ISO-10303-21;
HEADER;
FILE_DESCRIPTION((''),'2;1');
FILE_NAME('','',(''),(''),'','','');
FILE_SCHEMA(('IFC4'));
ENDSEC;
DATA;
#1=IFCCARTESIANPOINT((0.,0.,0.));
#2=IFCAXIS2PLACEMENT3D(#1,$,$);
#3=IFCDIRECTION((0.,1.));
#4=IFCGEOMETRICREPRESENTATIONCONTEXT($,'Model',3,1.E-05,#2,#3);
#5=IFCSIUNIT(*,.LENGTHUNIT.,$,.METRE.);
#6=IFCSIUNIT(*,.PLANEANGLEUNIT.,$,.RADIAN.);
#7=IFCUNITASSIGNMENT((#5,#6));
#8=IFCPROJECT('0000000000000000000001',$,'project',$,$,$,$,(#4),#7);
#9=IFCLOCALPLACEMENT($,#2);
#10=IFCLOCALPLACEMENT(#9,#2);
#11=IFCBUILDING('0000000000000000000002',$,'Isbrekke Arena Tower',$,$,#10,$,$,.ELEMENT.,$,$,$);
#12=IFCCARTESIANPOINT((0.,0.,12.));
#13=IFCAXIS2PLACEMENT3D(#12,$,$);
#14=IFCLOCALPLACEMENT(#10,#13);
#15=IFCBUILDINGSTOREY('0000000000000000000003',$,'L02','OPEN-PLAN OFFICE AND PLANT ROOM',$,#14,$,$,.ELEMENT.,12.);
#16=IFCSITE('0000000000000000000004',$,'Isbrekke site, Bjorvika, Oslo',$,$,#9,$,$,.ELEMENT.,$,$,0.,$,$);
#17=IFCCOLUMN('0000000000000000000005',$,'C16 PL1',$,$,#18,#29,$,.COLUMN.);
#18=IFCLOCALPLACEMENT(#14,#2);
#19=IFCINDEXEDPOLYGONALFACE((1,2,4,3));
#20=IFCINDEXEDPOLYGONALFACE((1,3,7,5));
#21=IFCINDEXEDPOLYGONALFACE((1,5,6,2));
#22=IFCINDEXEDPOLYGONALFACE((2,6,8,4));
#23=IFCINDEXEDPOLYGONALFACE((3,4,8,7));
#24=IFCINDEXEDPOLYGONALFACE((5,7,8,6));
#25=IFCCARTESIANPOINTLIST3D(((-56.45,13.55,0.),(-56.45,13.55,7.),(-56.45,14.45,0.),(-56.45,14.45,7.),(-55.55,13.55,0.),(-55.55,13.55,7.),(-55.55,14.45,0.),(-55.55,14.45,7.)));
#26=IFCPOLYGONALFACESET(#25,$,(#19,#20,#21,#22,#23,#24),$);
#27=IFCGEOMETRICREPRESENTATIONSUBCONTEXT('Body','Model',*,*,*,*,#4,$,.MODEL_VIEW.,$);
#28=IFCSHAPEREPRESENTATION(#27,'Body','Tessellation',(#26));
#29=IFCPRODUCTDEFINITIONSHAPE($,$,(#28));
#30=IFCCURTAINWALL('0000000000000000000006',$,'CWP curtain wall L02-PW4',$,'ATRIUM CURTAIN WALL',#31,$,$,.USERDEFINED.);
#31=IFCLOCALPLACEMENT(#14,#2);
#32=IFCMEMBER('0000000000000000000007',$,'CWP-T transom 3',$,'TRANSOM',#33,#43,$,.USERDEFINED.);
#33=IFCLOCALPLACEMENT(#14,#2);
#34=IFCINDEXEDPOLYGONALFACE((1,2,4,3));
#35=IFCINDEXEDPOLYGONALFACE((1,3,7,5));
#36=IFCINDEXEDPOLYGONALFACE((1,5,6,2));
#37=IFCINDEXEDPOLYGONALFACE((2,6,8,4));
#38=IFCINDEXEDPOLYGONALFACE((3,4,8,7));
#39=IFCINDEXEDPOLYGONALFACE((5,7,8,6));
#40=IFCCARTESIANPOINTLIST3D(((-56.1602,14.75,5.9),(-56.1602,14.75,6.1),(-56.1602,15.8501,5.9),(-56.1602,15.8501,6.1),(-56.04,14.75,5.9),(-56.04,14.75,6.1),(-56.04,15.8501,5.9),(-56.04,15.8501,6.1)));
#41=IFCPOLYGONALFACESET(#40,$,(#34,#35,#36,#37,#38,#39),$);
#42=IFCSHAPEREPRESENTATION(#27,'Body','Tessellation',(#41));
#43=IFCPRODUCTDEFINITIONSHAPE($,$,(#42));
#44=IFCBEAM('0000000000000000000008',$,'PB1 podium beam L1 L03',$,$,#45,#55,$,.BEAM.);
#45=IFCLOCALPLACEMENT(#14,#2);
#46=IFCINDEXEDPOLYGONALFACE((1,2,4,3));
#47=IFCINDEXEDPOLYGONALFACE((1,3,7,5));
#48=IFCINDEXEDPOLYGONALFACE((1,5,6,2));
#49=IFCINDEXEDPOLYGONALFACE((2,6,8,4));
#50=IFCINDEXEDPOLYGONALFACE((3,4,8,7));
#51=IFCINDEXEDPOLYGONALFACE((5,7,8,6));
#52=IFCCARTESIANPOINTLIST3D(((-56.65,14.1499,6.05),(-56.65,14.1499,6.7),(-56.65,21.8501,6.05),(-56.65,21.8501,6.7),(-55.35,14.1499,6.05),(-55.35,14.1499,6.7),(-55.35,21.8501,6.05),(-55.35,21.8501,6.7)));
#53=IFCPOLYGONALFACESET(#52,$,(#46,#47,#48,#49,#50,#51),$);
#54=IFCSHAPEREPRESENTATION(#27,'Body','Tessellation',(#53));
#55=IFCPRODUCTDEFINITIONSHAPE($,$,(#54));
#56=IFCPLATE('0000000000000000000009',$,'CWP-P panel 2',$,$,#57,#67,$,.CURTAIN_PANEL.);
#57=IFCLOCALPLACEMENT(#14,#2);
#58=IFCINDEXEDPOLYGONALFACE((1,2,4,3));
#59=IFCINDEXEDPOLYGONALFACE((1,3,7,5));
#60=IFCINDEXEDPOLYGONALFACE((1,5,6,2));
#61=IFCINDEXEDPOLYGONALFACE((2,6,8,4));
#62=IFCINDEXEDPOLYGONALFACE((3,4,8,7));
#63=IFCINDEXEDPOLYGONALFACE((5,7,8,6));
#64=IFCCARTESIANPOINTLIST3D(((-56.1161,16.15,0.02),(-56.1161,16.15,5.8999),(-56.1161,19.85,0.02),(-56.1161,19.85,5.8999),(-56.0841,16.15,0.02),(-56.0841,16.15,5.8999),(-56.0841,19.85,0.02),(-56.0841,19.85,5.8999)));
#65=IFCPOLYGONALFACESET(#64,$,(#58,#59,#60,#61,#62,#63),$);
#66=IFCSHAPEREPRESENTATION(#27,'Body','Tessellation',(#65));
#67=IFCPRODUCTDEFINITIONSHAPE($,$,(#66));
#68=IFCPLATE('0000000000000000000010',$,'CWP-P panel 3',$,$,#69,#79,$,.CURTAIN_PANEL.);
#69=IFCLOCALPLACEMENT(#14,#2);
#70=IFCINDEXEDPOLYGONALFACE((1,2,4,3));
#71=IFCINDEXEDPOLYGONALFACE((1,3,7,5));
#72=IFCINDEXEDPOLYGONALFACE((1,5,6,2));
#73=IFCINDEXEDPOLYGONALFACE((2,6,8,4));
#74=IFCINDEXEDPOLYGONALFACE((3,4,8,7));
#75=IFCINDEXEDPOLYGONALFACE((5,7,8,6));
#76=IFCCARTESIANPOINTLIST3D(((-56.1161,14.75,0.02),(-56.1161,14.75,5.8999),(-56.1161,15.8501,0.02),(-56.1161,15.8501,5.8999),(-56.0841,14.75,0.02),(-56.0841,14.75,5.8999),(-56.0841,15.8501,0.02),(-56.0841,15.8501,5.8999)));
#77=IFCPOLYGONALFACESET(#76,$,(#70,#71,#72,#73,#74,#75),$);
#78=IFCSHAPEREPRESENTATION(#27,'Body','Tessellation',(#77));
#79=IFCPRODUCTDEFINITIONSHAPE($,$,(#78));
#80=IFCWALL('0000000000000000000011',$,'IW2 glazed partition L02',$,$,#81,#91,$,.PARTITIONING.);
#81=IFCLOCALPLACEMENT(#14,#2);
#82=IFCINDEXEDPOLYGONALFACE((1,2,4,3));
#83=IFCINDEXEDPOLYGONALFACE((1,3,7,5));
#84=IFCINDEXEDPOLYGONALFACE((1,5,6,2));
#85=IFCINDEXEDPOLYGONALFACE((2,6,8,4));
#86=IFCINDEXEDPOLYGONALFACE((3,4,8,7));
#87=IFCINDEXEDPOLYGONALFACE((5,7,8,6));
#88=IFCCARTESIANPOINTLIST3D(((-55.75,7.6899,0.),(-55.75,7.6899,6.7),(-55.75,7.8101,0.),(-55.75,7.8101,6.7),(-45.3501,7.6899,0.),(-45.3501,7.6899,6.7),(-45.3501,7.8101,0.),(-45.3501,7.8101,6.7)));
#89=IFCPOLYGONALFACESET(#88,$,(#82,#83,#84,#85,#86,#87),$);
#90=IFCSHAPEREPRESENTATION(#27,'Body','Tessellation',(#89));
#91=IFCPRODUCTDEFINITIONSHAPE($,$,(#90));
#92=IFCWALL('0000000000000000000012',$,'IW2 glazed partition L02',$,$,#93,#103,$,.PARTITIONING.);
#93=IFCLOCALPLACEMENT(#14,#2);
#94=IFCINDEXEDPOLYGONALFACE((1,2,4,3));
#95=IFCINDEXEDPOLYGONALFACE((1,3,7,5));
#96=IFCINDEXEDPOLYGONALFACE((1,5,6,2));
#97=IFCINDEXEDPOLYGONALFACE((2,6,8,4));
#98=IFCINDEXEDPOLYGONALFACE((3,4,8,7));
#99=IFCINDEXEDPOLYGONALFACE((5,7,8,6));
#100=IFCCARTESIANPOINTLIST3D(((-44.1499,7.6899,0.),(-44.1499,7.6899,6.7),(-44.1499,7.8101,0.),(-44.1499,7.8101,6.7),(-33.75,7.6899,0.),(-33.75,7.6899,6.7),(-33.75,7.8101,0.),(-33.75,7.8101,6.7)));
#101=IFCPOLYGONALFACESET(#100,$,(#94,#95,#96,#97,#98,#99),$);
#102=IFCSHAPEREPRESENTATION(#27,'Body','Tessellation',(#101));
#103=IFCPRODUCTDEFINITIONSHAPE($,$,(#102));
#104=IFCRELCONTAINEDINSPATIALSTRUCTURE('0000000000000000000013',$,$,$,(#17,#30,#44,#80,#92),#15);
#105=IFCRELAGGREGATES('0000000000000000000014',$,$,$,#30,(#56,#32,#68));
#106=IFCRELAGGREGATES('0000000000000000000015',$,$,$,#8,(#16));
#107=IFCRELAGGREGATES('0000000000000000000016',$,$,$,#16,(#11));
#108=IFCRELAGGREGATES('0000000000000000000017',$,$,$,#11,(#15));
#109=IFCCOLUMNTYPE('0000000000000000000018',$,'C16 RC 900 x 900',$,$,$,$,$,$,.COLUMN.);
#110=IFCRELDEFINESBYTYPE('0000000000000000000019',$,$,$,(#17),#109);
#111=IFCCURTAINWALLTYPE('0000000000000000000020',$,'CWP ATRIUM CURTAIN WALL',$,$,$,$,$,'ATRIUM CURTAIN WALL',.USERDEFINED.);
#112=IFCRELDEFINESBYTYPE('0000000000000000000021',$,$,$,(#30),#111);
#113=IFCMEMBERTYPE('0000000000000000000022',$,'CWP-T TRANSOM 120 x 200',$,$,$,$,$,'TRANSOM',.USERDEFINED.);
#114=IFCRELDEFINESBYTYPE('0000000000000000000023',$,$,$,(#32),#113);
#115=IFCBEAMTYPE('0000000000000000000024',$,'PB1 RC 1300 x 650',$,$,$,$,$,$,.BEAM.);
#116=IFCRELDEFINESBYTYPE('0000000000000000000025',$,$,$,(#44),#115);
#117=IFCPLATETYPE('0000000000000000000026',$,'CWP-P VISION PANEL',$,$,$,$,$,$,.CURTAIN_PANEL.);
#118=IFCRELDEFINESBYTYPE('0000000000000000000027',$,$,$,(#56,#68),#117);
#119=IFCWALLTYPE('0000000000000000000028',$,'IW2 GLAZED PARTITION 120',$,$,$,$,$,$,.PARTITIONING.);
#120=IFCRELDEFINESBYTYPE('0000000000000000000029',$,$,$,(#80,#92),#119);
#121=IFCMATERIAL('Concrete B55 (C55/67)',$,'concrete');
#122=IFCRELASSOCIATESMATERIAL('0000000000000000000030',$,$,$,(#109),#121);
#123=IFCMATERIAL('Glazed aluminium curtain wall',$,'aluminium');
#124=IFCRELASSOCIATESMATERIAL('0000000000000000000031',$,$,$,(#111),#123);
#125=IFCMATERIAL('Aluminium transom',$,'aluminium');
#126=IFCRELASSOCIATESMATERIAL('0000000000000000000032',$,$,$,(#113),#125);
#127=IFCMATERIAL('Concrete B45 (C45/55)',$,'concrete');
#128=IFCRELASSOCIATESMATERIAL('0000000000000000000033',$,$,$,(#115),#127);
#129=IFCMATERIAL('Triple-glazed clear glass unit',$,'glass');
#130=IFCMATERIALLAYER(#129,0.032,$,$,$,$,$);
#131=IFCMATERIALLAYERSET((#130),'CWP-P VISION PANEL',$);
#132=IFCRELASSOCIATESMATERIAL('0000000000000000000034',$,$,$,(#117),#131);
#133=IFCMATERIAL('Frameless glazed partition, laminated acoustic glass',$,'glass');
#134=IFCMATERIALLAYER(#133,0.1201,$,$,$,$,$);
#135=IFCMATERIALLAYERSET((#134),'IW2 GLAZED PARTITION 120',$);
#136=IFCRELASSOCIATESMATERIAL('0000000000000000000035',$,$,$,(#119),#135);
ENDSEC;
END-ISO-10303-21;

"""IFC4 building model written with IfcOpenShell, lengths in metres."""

from ifc_helpers import new_model, si_unit, direction, frame, frame_2d, origin, origin_2d, place, context, subcontext, project, spatial, rectangle, extrude, material, layer, layer_set, material_profile, profile_set, type_object, element, aggregate, save


model = new_model("IFC4")

# Units and contexts
model_context = context("Model", 3, precision=1e-05, world=origin(), true_north=direction((0.0, 1.0)))
body_context = subcontext(model_context, "Body", "Model", "MODEL_VIEW")
ifc_project = project(units=[si_unit("LENGTHUNIT", "METRE"), si_unit("PLANEANGLEUNIT", "RADIAN")], contexts=[model_context])

# Site, building, storey
site_placement = place(None, origin())
site = spatial("IfcSite", under=ifc_project, at=site_placement, Name="Isbrekke site, Bjorvika, Oslo", CompositionType="ELEMENT", RefElevation=0.0)
building_placement = place(site_placement, origin())
building = spatial("IfcBuilding", under=site, at=building_placement, Name="Isbrekke Arena Tower", CompositionType="ELEMENT")
storey_placement = place(building_placement, frame((0.0, 0.0, 12.0)))
storey = spatial("IfcBuildingStorey", under=building, at=storey_placement, Name="L02", Description="OPEN-PLAN OFFICE AND PLANT ROOM", CompositionType="ELEMENT", Elevation=12.0)

# Column
ifc_material_1 = material(Name="Concrete B55 (C55/67)", Category="concrete")
ifc_material_profile_1 = material_profile(ifc_material_1, rectangle(XDim=0.8999, YDim=0.8999, at=origin_2d()), Name="RC 900x900")
ifc_profile_set_1 = profile_set([ifc_material_profile_1], Name="Concrete B55 (C55/67)")
column_type = type_object("IfcColumnType", Name="C16 RC 900 x 900", PredefinedType="COLUMN", material=ifc_profile_set_1)
column_placement = place(storey_placement, frame((-56.0, 14.0, 0.0), z_axis=(0.0, 0.0, 1.0), x_axis=(1.0, 0.0, 0.0)))
element("IfcColumn", 1, at=column_placement, inside=storey, type_object=column_type, Name="C16 PL1", PredefinedType="COLUMN", context=body_context, shape_type="SweptSolid", body=[
    extrude(rectangle(XDim=0.8999, YDim=0.8999, at=origin_2d()), origin(), (0.0, 0.0, 1.0), 7.0),
])

# Curtain wall, member
ifc_material_2 = material(Name="Glazed aluminium curtain wall", Category="aluminium")
curtain_wall_type = type_object("IfcCurtainWallType", Name="CWP ATRIUM CURTAIN WALL", ElementType="ATRIUM CURTAIN WALL", PredefinedType="USERDEFINED", material=ifc_material_2)
curtain_wall_placement = place(storey_placement, origin())
curtain_wall = element("IfcCurtainWall", 2, at=curtain_wall_placement, inside=storey, type_object=curtain_wall_type, Name="CWP curtain wall L02-PW4", ObjectType="ATRIUM CURTAIN WALL", PredefinedType="USERDEFINED")
ifc_material_3 = material(Name="Aluminium transom", Category="aluminium")
ifc_material_profile_2 = material_profile(ifc_material_3, rectangle(XDim=0.1201, YDim=0.2, at=origin_2d()), Name="TRANSOM 120X200")
ifc_profile_set_2 = profile_set([ifc_material_profile_2], Name="Aluminium transom")
member_type = type_object("IfcMemberType", Name="CWP-T TRANSOM 120 x 200", ElementType="TRANSOM", PredefinedType="USERDEFINED", material=ifc_profile_set_2)
member_placement = place(storey_placement, frame((-56.1001, 15.8501, 6.0), z_axis=(0.0, -1.0, 0.0), x_axis=(1.0, 0.0, 0.0)))
member = element("IfcMember", 3, at=member_placement, type_object=member_type, Name="CWP-T transom 3", ObjectType="TRANSOM", PredefinedType="USERDEFINED", context=body_context, shape_type="SweptSolid", body=[
    extrude(rectangle(XDim=0.1201, YDim=0.2, at=origin_2d()), origin(), (0.0, 0.0, 1.0), 1.1001),
])

# Beam
ifc_material_4 = material(Name="Concrete B45 (C45/55)", Category="concrete")
ifc_material_profile_3 = material_profile(ifc_material_4, rectangle(XDim=1.3, YDim=0.6499, at=origin_2d()), Name="RC 1300x650")
ifc_profile_set_3 = profile_set([ifc_material_profile_3], Name="Concrete B45 (C45/55)")
beam_type = type_object("IfcBeamType", Name="PB1 RC 1300 x 650", PredefinedType="BEAM", material=ifc_profile_set_3)
beam_placement = place(storey_placement, frame((-56.0, 14.1499, 6.375), z_axis=(0.0, 1.0, 0.0), x_axis=(-1.0, 0.0, 0.0)))
element("IfcBeam", 4, at=beam_placement, inside=storey, type_object=beam_type, Name="PB1 podium beam L1 L03", PredefinedType="BEAM", context=body_context, shape_type="SweptSolid", body=[
    extrude(rectangle(XDim=1.3, YDim=0.6499, at=origin_2d()), origin(), (0.0, 0.0, 1.0), 7.7002),
])

# Plates
ifc_material_5 = material(Name="Triple-glazed clear glass unit", Category="glass")
ifc_layer_1 = layer(ifc_material_5, 0.032)
ifc_layer_set_1 = layer_set([ifc_layer_1], Name="CWP-P VISION PANEL")
plate_type = type_object("IfcPlateType", Name="CWP-P VISION PANEL", PredefinedType="CURTAIN_PANEL", material=ifc_layer_set_1)
plate_1_placement = place(storey_placement, frame((-56.1001, 18.0, 0.02), z_axis=(0.0, 0.0, 1.0), x_axis=(0.0, -1.0, 0.0)))
plate_1 = element("IfcPlate", 5, at=plate_1_placement, type_object=plate_type, Name="CWP-P panel 2", PredefinedType="CURTAIN_PANEL", context=body_context, shape_type="SweptSolid", body=[
    extrude(rectangle(XDim=3.7, YDim=0.032, at=origin_2d()), origin(), (0.0, 0.0, 1.0), 5.8799),
])
plate_2_placement = place(storey_placement, frame((-56.1001, 15.3, 0.02), z_axis=(0.0, 0.0, 1.0), x_axis=(0.0, -1.0, 0.0)))
plate_2 = element("IfcPlate", 6, at=plate_2_placement, type_object=plate_type, Name="CWP-P panel 3", PredefinedType="CURTAIN_PANEL", context=body_context, shape_type="SweptSolid", body=[
    extrude(rectangle(XDim=1.1001, YDim=0.032, at=origin_2d()), origin(), (0.0, 0.0, 1.0), 5.8799),
])
aggregate(curtain_wall, [plate_1, member, plate_2])

# Walls
ifc_material_6 = material(Name="Frameless glazed partition, laminated acoustic glass", Category="glass")
ifc_layer_2 = layer(ifc_material_6, 0.1201)
ifc_layer_set_2 = layer_set([ifc_layer_2], Name="IW2 GLAZED PARTITION 120")
wall_type_1 = type_object("IfcWallType", Name="IW2 GLAZED PARTITION 120", PredefinedType="PARTITIONING", material=ifc_layer_set_2)
for number, where, z_axis, x_axis, name in (
    (7, (-55.75, 7.75, 0.0), (0.0, 0.0, 1.0), (1.0, 0.0, 0.0), "IW2 glazed partition L02"),
    (8, (-44.1499, 7.75, 0.0), (0.0, 0.0, 1.0), (1.0, 0.0, 0.0), "IW2 glazed partition L02"),
):
    element("IfcWall", number, at=place(storey_placement, frame(where, z_axis=z_axis, x_axis=x_axis)), inside=storey, type_object=wall_type_1, Name=name, PredefinedType="PARTITIONING", context=body_context, shape_type="SweptSolid", body=[
        extrude(rectangle(XDim=10.3999, YDim=0.1201, at=frame_2d((5.2, 0.0))), origin(), (0.0, 0.0, 1.0), 6.7),
    ])

save(model, "model.ifc")
